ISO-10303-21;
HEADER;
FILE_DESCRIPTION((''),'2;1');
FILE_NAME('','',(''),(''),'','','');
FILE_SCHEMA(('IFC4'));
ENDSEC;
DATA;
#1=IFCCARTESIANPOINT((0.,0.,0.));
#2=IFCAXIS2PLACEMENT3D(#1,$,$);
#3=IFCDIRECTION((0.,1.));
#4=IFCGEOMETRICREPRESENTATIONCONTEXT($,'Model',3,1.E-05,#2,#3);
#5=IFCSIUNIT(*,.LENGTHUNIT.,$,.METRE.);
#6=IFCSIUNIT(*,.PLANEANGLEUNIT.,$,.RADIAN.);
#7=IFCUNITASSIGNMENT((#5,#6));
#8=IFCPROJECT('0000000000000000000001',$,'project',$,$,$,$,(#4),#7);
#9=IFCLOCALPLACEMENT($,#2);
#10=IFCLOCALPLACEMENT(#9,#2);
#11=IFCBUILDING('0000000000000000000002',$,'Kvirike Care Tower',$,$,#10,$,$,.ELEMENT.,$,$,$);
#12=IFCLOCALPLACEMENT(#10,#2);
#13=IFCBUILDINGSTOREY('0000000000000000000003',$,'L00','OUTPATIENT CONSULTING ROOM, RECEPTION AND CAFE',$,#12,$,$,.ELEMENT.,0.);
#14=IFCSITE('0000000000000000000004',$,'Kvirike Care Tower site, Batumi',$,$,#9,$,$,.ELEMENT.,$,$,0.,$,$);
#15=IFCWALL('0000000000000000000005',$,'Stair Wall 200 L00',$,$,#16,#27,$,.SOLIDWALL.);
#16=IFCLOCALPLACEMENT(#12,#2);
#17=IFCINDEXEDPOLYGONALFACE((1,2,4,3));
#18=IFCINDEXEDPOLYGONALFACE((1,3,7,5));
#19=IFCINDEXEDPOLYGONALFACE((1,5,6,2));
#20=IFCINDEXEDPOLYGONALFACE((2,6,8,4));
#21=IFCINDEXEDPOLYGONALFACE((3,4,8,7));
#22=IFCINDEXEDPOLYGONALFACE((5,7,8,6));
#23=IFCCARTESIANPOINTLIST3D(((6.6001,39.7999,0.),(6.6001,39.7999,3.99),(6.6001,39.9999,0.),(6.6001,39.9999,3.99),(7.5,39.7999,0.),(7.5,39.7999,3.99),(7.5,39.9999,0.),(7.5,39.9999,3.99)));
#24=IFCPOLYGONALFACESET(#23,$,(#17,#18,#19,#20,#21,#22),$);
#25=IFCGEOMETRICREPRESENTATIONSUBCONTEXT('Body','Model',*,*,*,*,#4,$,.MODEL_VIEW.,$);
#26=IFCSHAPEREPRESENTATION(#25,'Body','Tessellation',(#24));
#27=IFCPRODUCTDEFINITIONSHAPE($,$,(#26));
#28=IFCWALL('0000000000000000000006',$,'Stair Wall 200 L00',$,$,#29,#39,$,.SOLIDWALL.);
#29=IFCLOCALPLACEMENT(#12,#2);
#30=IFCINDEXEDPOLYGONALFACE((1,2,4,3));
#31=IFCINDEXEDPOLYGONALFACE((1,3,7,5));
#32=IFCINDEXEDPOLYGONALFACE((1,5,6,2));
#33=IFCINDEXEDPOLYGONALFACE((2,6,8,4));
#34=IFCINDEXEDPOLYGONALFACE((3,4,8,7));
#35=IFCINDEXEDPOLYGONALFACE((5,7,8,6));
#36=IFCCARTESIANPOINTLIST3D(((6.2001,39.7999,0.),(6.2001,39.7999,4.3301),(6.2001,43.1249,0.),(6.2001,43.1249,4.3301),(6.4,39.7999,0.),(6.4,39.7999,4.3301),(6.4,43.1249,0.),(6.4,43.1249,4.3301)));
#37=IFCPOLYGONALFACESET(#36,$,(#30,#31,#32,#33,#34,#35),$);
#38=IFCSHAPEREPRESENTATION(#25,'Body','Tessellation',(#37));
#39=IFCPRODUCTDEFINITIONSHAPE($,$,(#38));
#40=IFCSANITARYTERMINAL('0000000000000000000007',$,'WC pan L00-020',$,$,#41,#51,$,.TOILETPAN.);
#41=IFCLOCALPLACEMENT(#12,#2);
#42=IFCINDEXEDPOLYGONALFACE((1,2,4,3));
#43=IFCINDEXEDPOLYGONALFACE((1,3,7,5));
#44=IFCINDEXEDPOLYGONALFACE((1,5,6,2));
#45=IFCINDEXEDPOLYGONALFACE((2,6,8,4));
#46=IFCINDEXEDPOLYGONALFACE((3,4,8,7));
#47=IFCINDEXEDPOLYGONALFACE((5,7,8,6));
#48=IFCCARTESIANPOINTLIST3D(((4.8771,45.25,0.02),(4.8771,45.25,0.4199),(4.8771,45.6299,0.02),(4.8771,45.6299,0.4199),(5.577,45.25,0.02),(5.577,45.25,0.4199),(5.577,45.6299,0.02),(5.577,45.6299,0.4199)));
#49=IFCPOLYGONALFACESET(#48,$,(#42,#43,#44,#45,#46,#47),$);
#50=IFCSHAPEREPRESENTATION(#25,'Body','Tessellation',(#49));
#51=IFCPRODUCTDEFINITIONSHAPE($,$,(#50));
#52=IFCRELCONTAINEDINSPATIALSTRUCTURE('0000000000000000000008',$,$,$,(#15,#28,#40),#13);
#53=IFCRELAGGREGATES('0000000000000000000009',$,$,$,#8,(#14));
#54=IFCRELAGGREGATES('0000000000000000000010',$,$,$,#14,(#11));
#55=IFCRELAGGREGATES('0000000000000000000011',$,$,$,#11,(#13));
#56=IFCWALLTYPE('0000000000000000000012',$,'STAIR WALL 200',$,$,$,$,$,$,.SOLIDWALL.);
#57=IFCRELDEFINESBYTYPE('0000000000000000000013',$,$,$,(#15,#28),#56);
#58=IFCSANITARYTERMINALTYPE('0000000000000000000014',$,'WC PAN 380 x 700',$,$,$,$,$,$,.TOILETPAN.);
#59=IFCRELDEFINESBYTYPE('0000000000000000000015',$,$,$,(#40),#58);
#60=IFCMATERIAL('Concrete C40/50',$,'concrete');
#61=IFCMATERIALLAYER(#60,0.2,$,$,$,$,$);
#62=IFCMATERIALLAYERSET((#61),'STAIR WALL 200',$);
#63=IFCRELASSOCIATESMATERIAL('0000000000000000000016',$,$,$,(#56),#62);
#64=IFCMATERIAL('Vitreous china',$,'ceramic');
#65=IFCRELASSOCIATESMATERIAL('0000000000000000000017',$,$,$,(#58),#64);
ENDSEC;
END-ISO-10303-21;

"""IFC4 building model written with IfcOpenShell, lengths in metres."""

from ifc_helpers import new_model, si_unit, direction, frame, frame_2d, origin, origin_2d, place, context, subcontext, project, spatial, rectangle, extrude, material, layer, layer_set, type_object, element, save


model = new_model("IFC4")

# Units and contexts
model_context = context("Model", 3, precision=1e-05, world=origin(), true_north=direction((0.0, 1.0)))
body_context = subcontext(model_context, "Body", "Model", "MODEL_VIEW")
ifc_project = project(units=[si_unit("LENGTHUNIT", "METRE"), si_unit("PLANEANGLEUNIT", "RADIAN")], contexts=[model_context])

# Site, building, storey
site_placement = place(None, origin())
site = spatial("IfcSite", under=ifc_project, at=site_placement, Name="Kvirike Care Tower site, Batumi", CompositionType="ELEMENT", RefElevation=0.0)
building_placement = place(site_placement, origin())
building = spatial("IfcBuilding", under=site, at=building_placement, Name="Kvirike Care Tower", CompositionType="ELEMENT")
storey_placement = place(building_placement, origin())
storey = spatial("IfcBuildingStorey", under=building, at=storey_placement, Name="L00", Description="OUTPATIENT CONSULTING ROOM, RECEPTION AND CAFE", CompositionType="ELEMENT", Elevation=0.0)

# Walls
ifc_material_1 = material(Name="Concrete C40/50", Category="concrete")
ifc_layer_1 = layer(ifc_material_1, 0.2)
ifc_layer_set_1 = layer_set([ifc_layer_1], Name="STAIR WALL 200")
wall_type_1 = type_object("IfcWallType", Name="STAIR WALL 200", PredefinedType="SOLIDWALL", material=ifc_layer_set_1)
for number, where, z_axis, x_axis, name in (
    (1, (6.6001, 39.8999, 0.0), (0.0, 0.0, 1.0), (1.0, 0.0, 0.0), "Stair Wall 200 L00"),
):
    element("IfcWall", number, at=place(storey_placement, frame(where, z_axis=z_axis, x_axis=x_axis)), inside=storey, type_object=wall_type_1, Name=name, PredefinedType="SOLIDWALL", context=body_context, shape_type="SweptSolid", body=[
        extrude(rectangle(XDim=0.8999, YDim=0.2, at=frame_2d((0.45, 0.0))), origin(), (0.0, 0.0, 1.0), 3.99),
    ])
wall_1_placement = place(storey_placement, frame((6.3, 43.125, 0.0), z_axis=(0.0, 0.0, 1.0), x_axis=(0.0, -1.0, 0.0)))
element("IfcWall", 2, at=wall_1_placement, inside=storey, type_object=wall_type_1, Name="Stair Wall 200 L00", PredefinedType="SOLIDWALL", context=body_context, shape_type="SweptSolid", body=[
    extrude(rectangle(XDim=3.325, YDim=0.2, at=frame_2d((1.6626, 0.0))), origin(), (0.0, 0.0, 1.0), 4.3301),
])

# Sanitary terminal
ifc_material_2 = material(Name="Vitreous china", Category="ceramic")
sanitary_terminal_type = type_object("IfcSanitaryTerminalType", Name="WC PAN 380 x 700", PredefinedType="TOILETPAN", material=ifc_material_2)
sanitary_terminal_placement = place(storey_placement, frame((5.2271, 45.4399, 0.02), z_axis=(0.0, 0.0, 1.0), x_axis=(0.0, 1.0, 0.0)))
element("IfcSanitaryTerminal", 3, at=sanitary_terminal_placement, inside=storey, type_object=sanitary_terminal_type, Name="WC pan L00-020", PredefinedType="TOILETPAN", context=body_context, shape_type="SweptSolid", body=[
    extrude(rectangle(XDim=0.3799, YDim=0.7, at=origin_2d()), origin(), (0.0, 0.0, 1.0), 0.3999),
])

save(model, "model.ifc")
